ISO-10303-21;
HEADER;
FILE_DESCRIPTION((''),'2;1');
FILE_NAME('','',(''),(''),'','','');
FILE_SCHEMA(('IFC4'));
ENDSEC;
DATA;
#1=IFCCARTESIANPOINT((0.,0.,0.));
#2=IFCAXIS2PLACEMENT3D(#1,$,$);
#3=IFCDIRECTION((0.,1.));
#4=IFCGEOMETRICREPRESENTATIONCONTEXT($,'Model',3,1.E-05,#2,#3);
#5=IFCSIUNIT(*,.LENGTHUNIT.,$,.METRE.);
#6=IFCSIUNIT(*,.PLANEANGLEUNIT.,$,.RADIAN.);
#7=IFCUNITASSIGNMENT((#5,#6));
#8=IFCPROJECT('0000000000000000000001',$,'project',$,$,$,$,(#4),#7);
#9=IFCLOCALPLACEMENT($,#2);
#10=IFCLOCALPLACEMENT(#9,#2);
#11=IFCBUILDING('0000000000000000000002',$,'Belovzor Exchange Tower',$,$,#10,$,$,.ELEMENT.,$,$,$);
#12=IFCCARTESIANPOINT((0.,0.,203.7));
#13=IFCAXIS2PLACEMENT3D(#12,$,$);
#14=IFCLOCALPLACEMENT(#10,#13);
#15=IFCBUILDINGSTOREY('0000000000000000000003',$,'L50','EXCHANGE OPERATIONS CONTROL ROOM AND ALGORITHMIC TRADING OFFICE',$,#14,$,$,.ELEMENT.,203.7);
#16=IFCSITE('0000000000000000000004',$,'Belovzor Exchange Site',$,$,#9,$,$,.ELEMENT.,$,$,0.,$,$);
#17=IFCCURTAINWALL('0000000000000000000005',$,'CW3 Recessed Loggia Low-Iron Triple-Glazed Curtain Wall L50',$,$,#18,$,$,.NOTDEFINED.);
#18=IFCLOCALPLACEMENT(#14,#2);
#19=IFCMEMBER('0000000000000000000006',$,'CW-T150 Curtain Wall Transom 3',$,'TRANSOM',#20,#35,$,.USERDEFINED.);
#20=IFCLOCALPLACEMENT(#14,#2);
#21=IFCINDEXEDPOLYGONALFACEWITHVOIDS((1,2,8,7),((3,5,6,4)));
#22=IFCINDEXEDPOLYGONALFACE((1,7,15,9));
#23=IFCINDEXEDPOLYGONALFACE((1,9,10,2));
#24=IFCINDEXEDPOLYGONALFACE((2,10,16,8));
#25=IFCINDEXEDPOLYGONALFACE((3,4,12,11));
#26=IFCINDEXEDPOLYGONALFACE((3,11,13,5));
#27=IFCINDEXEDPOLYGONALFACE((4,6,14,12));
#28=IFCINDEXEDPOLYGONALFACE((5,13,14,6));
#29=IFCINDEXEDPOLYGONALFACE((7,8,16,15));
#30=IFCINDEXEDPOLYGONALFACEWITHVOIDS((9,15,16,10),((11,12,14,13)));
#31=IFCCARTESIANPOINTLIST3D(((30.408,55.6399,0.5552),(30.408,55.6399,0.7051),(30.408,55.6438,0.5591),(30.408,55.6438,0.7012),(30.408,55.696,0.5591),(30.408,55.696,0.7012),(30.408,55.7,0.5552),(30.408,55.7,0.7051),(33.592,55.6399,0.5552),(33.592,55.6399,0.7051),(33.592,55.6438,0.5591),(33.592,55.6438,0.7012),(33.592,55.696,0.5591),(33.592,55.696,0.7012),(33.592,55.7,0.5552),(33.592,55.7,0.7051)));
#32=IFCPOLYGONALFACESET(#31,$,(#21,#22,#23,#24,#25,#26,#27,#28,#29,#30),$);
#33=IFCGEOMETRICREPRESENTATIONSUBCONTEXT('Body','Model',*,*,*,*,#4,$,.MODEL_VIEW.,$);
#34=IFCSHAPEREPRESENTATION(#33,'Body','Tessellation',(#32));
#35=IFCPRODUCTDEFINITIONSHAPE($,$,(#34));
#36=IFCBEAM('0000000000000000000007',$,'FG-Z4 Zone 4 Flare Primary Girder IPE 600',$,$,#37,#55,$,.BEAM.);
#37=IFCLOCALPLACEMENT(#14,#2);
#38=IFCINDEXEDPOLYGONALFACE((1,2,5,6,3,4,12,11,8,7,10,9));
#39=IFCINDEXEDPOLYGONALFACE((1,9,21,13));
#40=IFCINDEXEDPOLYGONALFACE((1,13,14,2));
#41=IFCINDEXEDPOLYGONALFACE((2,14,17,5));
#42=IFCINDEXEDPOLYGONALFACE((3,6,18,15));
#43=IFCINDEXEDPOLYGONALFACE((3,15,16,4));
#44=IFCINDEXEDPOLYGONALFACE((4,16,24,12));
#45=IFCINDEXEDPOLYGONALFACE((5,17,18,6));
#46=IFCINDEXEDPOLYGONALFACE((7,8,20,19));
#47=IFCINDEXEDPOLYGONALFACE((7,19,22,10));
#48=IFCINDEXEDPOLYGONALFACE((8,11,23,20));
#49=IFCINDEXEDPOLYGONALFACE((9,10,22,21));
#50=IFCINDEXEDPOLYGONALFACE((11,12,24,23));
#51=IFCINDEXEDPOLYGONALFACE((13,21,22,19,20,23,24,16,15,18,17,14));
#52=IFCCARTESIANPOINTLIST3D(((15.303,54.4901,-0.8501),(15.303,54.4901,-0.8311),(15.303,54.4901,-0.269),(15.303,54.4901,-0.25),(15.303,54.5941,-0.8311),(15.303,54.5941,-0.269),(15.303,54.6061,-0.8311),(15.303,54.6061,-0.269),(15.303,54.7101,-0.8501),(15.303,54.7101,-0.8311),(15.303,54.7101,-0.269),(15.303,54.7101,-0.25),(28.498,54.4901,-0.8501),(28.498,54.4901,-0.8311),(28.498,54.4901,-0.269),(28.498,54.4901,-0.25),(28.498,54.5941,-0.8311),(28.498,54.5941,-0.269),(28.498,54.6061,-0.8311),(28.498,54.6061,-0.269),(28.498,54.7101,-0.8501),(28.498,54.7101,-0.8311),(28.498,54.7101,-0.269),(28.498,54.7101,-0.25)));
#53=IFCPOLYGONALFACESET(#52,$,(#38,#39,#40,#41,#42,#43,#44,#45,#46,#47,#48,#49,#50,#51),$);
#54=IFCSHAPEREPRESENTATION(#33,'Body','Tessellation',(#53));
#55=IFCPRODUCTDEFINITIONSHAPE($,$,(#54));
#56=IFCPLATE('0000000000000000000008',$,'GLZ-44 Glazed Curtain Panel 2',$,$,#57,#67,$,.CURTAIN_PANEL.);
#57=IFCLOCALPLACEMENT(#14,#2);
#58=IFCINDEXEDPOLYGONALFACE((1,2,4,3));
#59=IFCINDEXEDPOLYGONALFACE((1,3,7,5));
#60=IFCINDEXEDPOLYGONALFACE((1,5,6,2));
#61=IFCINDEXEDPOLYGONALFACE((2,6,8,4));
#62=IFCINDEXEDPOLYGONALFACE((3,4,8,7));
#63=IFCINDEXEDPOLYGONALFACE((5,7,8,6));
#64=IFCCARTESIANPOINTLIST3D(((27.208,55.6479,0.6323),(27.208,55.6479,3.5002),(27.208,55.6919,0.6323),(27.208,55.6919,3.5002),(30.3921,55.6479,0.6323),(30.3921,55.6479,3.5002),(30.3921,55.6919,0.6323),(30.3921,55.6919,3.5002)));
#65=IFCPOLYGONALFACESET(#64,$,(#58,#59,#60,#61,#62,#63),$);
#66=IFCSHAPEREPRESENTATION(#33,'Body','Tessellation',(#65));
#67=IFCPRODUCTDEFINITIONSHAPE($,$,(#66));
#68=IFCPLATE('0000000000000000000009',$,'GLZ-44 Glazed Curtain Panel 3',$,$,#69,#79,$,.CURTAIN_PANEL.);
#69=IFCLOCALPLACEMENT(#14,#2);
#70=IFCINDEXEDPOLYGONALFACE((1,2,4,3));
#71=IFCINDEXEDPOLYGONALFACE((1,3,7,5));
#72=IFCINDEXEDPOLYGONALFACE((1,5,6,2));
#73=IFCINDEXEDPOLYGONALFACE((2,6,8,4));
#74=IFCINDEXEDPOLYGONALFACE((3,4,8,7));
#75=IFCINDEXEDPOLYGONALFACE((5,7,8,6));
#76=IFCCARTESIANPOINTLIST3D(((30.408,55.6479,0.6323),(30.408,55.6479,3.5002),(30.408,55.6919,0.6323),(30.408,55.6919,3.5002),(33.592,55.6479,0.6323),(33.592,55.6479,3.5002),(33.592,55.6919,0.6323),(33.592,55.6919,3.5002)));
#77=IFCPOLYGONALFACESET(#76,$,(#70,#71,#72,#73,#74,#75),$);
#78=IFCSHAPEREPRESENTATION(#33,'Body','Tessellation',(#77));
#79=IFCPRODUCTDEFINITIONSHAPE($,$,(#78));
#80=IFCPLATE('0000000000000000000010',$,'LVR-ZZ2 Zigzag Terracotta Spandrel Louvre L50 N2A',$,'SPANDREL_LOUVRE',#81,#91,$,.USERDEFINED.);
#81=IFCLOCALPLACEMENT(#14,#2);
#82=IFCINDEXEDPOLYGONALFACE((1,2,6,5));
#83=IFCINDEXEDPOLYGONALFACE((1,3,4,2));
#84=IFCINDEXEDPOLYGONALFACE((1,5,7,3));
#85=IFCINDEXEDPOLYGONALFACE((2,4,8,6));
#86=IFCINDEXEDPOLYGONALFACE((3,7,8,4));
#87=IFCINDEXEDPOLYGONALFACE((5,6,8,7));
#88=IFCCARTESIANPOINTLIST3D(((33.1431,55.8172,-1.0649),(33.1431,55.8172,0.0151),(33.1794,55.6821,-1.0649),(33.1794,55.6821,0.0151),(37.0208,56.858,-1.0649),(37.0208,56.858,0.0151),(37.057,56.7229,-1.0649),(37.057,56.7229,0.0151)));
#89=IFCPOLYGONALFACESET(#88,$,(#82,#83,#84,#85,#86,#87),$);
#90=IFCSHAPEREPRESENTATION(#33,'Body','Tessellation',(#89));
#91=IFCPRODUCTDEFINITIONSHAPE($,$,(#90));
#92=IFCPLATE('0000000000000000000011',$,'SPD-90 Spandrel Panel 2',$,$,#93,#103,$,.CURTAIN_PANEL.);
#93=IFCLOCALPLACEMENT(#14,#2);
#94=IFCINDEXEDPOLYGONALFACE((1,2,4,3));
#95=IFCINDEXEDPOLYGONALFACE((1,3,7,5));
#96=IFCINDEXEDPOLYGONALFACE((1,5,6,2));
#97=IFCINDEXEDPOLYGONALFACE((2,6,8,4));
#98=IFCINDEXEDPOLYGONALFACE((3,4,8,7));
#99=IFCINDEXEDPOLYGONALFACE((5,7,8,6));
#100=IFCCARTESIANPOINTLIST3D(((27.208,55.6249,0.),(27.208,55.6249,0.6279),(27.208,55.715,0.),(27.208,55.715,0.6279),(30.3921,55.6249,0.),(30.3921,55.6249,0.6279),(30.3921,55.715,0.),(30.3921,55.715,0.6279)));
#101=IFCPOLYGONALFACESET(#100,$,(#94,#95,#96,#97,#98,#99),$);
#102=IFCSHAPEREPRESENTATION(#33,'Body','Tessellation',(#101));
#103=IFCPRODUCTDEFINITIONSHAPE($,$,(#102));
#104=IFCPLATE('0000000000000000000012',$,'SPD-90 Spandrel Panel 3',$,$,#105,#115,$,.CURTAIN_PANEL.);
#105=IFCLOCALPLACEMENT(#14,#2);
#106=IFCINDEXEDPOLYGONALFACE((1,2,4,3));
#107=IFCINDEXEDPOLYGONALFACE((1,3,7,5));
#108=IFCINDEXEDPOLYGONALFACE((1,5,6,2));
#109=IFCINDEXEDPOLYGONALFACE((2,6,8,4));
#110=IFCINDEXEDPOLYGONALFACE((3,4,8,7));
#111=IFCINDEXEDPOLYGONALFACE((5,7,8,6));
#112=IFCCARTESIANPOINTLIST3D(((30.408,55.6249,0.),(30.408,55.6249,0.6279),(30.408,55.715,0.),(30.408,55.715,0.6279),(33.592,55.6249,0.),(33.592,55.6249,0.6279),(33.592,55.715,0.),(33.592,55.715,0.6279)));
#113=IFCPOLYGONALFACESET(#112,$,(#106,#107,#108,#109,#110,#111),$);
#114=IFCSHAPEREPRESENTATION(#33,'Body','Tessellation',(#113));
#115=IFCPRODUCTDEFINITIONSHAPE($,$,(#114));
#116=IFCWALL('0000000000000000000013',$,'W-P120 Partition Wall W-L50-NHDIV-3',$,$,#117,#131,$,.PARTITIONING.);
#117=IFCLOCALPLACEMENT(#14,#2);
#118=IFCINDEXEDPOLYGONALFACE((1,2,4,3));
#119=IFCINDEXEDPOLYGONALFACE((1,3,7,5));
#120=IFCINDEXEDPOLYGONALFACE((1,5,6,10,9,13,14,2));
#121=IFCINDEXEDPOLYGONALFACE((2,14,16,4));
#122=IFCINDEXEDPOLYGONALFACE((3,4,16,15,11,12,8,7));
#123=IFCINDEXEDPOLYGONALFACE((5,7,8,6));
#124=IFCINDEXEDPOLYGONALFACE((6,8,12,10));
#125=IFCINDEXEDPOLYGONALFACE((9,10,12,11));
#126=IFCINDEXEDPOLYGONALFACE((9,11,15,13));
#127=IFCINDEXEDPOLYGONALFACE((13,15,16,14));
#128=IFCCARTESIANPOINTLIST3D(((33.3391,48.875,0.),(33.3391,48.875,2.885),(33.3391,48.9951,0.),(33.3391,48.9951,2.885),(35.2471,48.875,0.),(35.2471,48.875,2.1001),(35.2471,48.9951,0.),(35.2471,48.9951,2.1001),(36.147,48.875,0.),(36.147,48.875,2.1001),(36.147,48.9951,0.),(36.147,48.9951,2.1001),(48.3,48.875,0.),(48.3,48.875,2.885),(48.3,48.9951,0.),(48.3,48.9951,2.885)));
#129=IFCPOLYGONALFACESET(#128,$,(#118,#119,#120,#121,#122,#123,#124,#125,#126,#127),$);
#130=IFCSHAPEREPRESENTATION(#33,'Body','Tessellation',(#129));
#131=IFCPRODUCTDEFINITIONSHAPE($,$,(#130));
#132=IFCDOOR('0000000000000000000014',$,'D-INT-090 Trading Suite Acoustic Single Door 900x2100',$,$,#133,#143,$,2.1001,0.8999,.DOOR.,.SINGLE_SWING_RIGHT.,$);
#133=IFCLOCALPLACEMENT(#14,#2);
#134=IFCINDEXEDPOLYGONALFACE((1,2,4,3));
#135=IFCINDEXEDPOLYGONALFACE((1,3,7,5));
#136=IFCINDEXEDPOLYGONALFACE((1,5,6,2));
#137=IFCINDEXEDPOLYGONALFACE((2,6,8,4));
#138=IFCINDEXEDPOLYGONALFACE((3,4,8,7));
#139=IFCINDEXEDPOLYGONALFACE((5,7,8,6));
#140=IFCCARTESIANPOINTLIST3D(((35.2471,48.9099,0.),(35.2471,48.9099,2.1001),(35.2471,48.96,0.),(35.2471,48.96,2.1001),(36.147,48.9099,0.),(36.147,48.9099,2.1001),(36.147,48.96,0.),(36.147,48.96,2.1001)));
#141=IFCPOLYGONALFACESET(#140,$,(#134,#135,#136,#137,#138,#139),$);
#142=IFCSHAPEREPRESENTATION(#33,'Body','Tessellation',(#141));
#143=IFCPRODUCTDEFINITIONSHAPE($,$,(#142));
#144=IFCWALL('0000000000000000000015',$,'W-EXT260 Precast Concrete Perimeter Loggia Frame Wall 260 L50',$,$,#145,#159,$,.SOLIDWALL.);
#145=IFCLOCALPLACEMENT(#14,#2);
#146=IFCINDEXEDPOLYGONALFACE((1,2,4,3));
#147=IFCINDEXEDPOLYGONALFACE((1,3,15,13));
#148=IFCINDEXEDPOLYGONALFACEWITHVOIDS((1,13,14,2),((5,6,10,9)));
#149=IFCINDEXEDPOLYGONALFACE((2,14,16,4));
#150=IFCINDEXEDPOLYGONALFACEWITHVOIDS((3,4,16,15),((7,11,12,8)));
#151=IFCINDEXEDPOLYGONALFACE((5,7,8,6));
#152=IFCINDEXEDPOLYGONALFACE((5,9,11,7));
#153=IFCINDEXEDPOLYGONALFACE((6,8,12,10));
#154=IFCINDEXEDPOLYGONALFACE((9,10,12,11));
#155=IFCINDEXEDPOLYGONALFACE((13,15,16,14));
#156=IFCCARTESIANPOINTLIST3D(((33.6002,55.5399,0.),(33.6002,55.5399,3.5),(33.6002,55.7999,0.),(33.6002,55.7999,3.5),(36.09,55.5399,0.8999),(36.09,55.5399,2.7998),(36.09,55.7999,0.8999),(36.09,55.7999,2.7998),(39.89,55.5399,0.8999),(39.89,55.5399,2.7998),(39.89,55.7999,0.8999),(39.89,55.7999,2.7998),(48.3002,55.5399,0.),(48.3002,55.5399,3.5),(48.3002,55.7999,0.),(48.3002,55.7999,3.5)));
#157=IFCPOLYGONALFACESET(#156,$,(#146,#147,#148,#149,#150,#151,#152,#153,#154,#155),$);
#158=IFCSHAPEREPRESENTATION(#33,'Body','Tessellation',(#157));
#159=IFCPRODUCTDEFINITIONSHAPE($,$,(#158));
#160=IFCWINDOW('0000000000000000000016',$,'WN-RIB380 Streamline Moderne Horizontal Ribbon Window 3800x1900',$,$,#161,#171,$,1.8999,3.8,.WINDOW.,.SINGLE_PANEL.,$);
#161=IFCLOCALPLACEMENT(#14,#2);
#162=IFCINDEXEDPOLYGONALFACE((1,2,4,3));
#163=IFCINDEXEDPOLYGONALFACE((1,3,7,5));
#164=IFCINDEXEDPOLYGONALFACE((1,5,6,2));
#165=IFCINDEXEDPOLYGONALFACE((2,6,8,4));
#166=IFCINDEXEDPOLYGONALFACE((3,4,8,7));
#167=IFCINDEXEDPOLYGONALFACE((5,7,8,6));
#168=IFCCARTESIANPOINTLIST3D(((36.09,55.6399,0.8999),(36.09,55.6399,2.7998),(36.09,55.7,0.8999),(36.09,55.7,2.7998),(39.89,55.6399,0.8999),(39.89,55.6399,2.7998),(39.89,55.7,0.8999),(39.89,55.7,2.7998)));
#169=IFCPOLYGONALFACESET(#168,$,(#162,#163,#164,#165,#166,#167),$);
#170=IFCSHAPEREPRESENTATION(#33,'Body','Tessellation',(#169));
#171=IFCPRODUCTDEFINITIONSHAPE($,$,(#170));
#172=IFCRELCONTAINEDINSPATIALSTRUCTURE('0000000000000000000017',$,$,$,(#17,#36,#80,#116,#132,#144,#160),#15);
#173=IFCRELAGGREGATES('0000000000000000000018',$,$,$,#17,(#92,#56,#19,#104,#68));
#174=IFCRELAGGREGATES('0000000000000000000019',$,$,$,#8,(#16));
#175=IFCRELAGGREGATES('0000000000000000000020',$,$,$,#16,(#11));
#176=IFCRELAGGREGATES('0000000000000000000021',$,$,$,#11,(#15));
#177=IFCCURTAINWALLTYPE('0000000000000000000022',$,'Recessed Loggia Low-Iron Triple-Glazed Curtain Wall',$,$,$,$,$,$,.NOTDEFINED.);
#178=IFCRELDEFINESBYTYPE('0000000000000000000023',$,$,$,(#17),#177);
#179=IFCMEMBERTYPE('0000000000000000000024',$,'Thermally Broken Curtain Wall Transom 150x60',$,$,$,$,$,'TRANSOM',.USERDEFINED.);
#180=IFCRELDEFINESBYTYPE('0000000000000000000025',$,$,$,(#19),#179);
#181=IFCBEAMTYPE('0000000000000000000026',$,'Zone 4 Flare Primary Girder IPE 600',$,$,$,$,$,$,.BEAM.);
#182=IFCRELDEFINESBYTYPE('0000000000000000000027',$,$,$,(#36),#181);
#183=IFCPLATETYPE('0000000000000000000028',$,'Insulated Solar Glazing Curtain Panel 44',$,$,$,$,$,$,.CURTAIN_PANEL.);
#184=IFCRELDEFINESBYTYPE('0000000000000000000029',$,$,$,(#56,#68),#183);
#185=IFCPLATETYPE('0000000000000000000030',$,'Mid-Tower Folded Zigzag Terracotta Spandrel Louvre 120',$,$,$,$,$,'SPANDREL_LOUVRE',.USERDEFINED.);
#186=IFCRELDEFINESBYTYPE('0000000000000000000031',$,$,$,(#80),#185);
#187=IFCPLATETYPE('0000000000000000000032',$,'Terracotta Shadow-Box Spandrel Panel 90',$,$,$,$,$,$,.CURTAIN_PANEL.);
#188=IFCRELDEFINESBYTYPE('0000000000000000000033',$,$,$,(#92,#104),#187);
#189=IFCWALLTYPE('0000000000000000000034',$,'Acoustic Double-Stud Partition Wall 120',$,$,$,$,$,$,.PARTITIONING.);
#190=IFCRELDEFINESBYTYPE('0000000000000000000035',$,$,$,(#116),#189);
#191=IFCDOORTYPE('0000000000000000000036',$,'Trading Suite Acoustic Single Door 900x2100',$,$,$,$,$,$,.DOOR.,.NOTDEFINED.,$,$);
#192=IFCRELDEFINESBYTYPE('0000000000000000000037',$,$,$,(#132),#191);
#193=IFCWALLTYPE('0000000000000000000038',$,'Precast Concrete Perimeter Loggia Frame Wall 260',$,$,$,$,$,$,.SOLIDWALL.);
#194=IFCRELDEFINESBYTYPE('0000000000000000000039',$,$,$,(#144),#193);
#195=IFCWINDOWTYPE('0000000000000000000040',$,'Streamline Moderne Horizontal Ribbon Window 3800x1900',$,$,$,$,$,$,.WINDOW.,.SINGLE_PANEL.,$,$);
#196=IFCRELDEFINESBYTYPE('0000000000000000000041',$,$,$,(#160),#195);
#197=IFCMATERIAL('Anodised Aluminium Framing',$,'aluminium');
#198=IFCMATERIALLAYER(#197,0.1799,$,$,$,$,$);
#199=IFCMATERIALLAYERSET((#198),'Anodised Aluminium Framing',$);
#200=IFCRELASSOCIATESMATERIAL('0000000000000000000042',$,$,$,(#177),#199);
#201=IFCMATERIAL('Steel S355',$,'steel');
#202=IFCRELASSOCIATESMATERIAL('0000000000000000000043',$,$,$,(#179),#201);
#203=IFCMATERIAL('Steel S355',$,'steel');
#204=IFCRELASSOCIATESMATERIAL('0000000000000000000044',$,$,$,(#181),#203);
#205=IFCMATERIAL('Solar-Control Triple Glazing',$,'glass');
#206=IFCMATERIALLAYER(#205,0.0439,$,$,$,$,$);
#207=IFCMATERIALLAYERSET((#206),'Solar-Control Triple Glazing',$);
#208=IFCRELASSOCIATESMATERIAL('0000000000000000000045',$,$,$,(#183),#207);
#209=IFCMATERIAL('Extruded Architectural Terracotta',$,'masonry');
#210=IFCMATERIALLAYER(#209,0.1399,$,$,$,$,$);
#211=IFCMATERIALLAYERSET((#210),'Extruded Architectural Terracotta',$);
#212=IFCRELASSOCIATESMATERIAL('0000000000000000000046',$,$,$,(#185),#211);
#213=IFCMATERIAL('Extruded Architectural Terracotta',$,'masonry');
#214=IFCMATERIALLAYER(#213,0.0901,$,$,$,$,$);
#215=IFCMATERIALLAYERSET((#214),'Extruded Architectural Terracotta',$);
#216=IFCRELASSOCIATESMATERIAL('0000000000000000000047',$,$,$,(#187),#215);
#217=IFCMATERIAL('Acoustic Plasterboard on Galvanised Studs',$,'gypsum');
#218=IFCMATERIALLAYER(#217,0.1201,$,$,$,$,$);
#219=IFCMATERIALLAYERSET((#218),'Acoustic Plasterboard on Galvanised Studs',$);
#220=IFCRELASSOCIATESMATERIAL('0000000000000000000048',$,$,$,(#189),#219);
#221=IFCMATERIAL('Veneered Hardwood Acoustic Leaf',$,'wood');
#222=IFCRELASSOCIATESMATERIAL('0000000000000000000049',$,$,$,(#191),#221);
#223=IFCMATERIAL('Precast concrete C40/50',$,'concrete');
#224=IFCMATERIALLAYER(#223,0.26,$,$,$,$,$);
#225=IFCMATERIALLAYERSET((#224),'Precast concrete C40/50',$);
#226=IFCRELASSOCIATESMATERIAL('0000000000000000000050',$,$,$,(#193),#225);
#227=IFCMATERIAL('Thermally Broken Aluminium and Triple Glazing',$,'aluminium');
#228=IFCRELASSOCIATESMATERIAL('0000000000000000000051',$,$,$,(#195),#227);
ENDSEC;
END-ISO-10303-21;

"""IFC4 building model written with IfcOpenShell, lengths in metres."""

from ifc_helpers import new_model, si_unit, direction, frame, frame_2d, origin, origin_2d, place, context, subcontext, project, spatial, rectangle, hollow_rectangle, i_section, extrude, material, layer, layer_set, material_profile, profile_set, type_object, element, fill, aggregate, save


model = new_model("IFC4")

# Units and contexts
model_context = context("Model", 3, precision=1e-05, world=origin(), true_north=direction((0.0, 1.0)))
body_context = subcontext(model_context, "Body", "Model", "MODEL_VIEW")
ifc_project = project(units=[si_unit("LENGTHUNIT", "METRE"), si_unit("PLANEANGLEUNIT", "RADIAN")], contexts=[model_context])

# Site, building, storey
site_placement = place(None, origin())
site = spatial("IfcSite", under=ifc_project, at=site_placement, Name="Belovzor Exchange Site", CompositionType="ELEMENT", RefElevation=0.0)
building_placement = place(site_placement, origin())
building = spatial("IfcBuilding", under=site, at=building_placement, Name="Belovzor Exchange Tower", CompositionType="ELEMENT")
storey_placement = place(building_placement, frame((0.0, 0.0, 203.7)))
storey = spatial("IfcBuildingStorey", under=building, at=storey_placement, Name="L50", Description="EXCHANGE OPERATIONS CONTROL ROOM AND ALGORITHMIC TRADING OFFICE", CompositionType="ELEMENT", Elevation=203.7)

# Curtain wall, member
ifc_material_1 = material(Name="Anodised Aluminium Framing", Category="aluminium")
ifc_layer_1 = layer(ifc_material_1, 0.1799)
ifc_layer_set_1 = layer_set([ifc_layer_1], Name="Anodised Aluminium Framing")
curtain_wall_type = type_object("IfcCurtainWallType", Name="Recessed Loggia Low-Iron Triple-Glazed Curtain Wall", PredefinedType="NOTDEFINED", material=ifc_layer_set_1)
curtain_wall_placement = place(storey_placement, origin())
curtain_wall = element("IfcCurtainWall", 1, at=curtain_wall_placement, inside=storey, type_object=curtain_wall_type, Name="CW3 Recessed Loggia Low-Iron Triple-Glazed Curtain Wall L50", PredefinedType="NOTDEFINED")
ifc_material_2 = material(Name="Steel S355", Category="steel")
ifc_material_profile_1 = material_profile(ifc_material_2, hollow_rectangle(XDim=0.0601, YDim=0.1499, WallThickness=0.0039, at=origin_2d()))
ifc_profile_set_1 = profile_set([ifc_material_profile_1], Name="Steel S355")
member_type_1 = type_object("IfcMemberType", Name="Thermally Broken Curtain Wall Transom 150x60", ElementType="TRANSOM", PredefinedType="USERDEFINED", material=ifc_profile_set_1)
member_1_placement = place(storey_placement, frame((30.408, 55.6699, 0.6301), z_axis=(1.0, 0.0, 0.0), x_axis=(0.0, 1.0, 0.0)))
member_1 = element("IfcMember", 2, at=member_1_placement, type_object=member_type_1, Name="CW-T150 Curtain Wall Transom 3", ObjectType="TRANSOM", PredefinedType="USERDEFINED", context=body_context, shape_type="SweptSolid", body=[
    extrude(hollow_rectangle(XDim=0.0601, YDim=0.1499, WallThickness=0.0039, at=origin_2d()), origin(), (0.0, 0.0, 1.0), 3.1841),
])

# Beam
ifc_material_3 = material(Name="Steel S355", Category="steel")
ifc_material_profile_2 = material_profile(ifc_material_3, i_section(OverallWidth=0.22, OverallDepth=0.6001, WebThickness=0.012, FlangeThickness=0.019, at=origin_2d()))
ifc_profile_set_2 = profile_set([ifc_material_profile_2], Name="Steel S355")
beam_type_1 = type_object("IfcBeamType", Name="Zone 4 Flare Primary Girder IPE 600", PredefinedType="BEAM", material=ifc_profile_set_2)
beam_1_placement = place(storey_placement, frame((28.498, 54.6001, -0.55), z_axis=(-1.0, 0.0, 0.0), x_axis=(0.0, -1.0, 0.0)))
element("IfcBeam", 3, at=beam_1_placement, inside=storey, type_object=beam_type_1, Name="FG-Z4 Zone 4 Flare Primary Girder IPE 600", PredefinedType="BEAM", context=body_context, shape_type="SweptSolid", body=[
    extrude(i_section(OverallWidth=0.22, OverallDepth=0.6001, WebThickness=0.012, FlangeThickness=0.019, at=origin_2d()), origin(), (0.0, 0.0, 1.0), 13.1951),
])

# Plates
ifc_material_4 = material(Name="Solar-Control Triple Glazing", Category="glass")
ifc_layer_2 = layer(ifc_material_4, 0.0439)
ifc_layer_set_2 = layer_set([ifc_layer_2], Name="Solar-Control Triple Glazing")
plate_type_1 = type_object("IfcPlateType", Name="Insulated Solar Glazing Curtain Panel 44", PredefinedType="CURTAIN_PANEL", material=ifc_layer_set_2)
plate_1_placement = place(storey_placement, frame((28.8, 55.6699, 0.6323), z_axis=(0.0, 0.0, 1.0), x_axis=(1.0, 0.0, 0.0)))
plate_1 = element("IfcPlate", 4, at=plate_1_placement, type_object=plate_type_1, Name="GLZ-44 Glazed Curtain Panel 2", PredefinedType="CURTAIN_PANEL", context=body_context, shape_type="SweptSolid", body=[
    extrude(rectangle(XDim=3.1841, YDim=0.0439, at=origin_2d()), origin(), (0.0, 0.0, 1.0), 2.8679),
])
plate_2_placement = place(storey_placement, frame((32.0, 55.6699, 0.6323), z_axis=(0.0, 0.0, 1.0), x_axis=(1.0, 0.0, 0.0)))
plate_2 = element("IfcPlate", 5, at=plate_2_placement, type_object=plate_type_1, Name="GLZ-44 Glazed Curtain Panel 3", PredefinedType="CURTAIN_PANEL", context=body_context, shape_type="SweptSolid", body=[
    extrude(rectangle(XDim=3.1841, YDim=0.0439, at=origin_2d()), origin(), (0.0, 0.0, 1.0), 2.8679),
])
ifc_material_5 = material(Name="Extruded Architectural Terracotta", Category="masonry")
ifc_layer_3 = layer(ifc_material_5, 0.1399)
ifc_layer_set_3 = layer_set([ifc_layer_3], Name="Extruded Architectural Terracotta")
plate_type_2 = type_object("IfcPlateType", Name="Mid-Tower Folded Zigzag Terracotta Spandrel Louvre 120", ElementType="SPANDREL_LOUVRE", PredefinedType="USERDEFINED", material=ifc_layer_set_3)
plate_3_placement = place(storey_placement, frame((35.1001, 56.27, -1.0649), z_axis=(0.0, 0.0, 1.0), x_axis=(0.965813, 0.25924, 0.0)))
element("IfcPlate", 6, at=plate_3_placement, inside=storey, type_object=plate_type_2, Name="LVR-ZZ2 Zigzag Terracotta Spandrel Louvre L50 N2A", ObjectType="SPANDREL_LOUVRE", PredefinedType="USERDEFINED", context=body_context, shape_type="SweptSolid", body=[
    extrude(rectangle(XDim=4.0149, YDim=0.1399, at=origin_2d()), origin(), (0.0, 0.0, 1.0), 1.0801),
])
ifc_material_6 = material(Name="Extruded Architectural Terracotta", Category="masonry")
ifc_layer_4 = layer(ifc_material_6, 0.0901)
ifc_layer_set_4 = layer_set([ifc_layer_4], Name="Extruded Architectural Terracotta")
plate_type_3 = type_object("IfcPlateType", Name="Terracotta Shadow-Box Spandrel Panel 90", PredefinedType="CURTAIN_PANEL", material=ifc_layer_set_4)
plate_4_placement = place(storey_placement, frame((28.8, 55.6699, 0.0), z_axis=(0.0, 0.0, 1.0), x_axis=(1.0, 0.0, 0.0)))
plate_4 = element("IfcPlate", 7, at=plate_4_placement, type_object=plate_type_3, Name="SPD-90 Spandrel Panel 2", PredefinedType="CURTAIN_PANEL", context=body_context, shape_type="SweptSolid", body=[
    extrude(rectangle(XDim=3.1841, YDim=0.0901, at=origin_2d()), origin(), (0.0, 0.0, 1.0), 0.6279),
])
plate_5_placement = place(storey_placement, frame((32.0, 55.6699, 0.0), z_axis=(0.0, 0.0, 1.0), x_axis=(1.0, 0.0, 0.0)))
plate_5 = element("IfcPlate", 8, at=plate_5_placement, type_object=plate_type_3, Name="SPD-90 Spandrel Panel 3", PredefinedType="CURTAIN_PANEL", context=body_context, shape_type="SweptSolid", body=[
    extrude(rectangle(XDim=3.1841, YDim=0.0901, at=origin_2d()), origin(), (0.0, 0.0, 1.0), 0.6279),
])
aggregate(curtain_wall, [plate_4, plate_1, member_1, plate_5, plate_2])

# Wall, opening, door
ifc_material_7 = material(Name="Acoustic Plasterboard on Galvanised Studs", Category="gypsum")
ifc_layer_5 = layer(ifc_material_7, 0.1201)
ifc_layer_set_5 = layer_set([ifc_layer_5], Name="Acoustic Plasterboard on Galvanised Studs")
wall_type_1 = type_object("IfcWallType", Name="Acoustic Double-Stud Partition Wall 120", PredefinedType="PARTITIONING", material=ifc_layer_set_5)
wall_1_placement = place(storey_placement, frame((33.3391, 48.9351, 0.0), z_axis=(0.0, 0.0, 1.0), x_axis=(1.0, 0.0, 0.0)))
wall_1 = element("IfcWall", 9, at=wall_1_placement, inside=storey, type_object=wall_type_1, Name="W-P120 Partition Wall W-L50-NHDIV-3", PredefinedType="PARTITIONING", context=body_context, shape_type="SweptSolid", body=[
    extrude(rectangle(XDim=14.9609, YDim=0.1201, at=frame_2d((7.4805, 0.0))), origin(), (0.0, 0.0, 1.0), 2.885),
])
opening_1_placement = place(wall_1_placement, frame((1.908, 0.0, 0.0)))
opening_1 = element("IfcOpeningElement", 10, at=opening_1_placement, cuts=wall_1, PredefinedType="OPENING", context=body_context, shape_type="SweptSolid", body=[
    extrude(rectangle(XDim=0.8999, YDim=2.1001, at=frame_2d((0.45, 1.05))), frame((0.0, 0.0701, 0.0), z_axis=(0.0, -1.0, 0.0), x_axis=(1.0, 0.0, 0.0)), (0.0, 0.0, 1.0), 0.1401),
])
ifc_material_8 = material(Name="Veneered Hardwood Acoustic Leaf", Category="wood")
door_type = type_object("IfcDoorType", Name="Trading Suite Acoustic Single Door 900x2100", OperationType="NOTDEFINED", PredefinedType="DOOR", material=ifc_material_8)
door_placement = place(opening_1_placement, origin())
door = element("IfcDoor", 11, at=door_placement, inside=storey, type_object=door_type, Name="D-INT-090 Trading Suite Acoustic Single Door 900x2100", OperationType="SINGLE_SWING_RIGHT", OverallHeight=2.1001, OverallWidth=0.8999, PredefinedType="DOOR", context=body_context, shape_type="SweptSolid", body=[
    extrude(rectangle(XDim=0.8999, YDim=2.1001, at=frame_2d((0.45, 1.05))), frame((0.0, 0.0249, 0.0), z_axis=(0.0, -1.0, 0.0), x_axis=(1.0, 0.0, 0.0)), (0.0, 0.0, 1.0), 0.05),
])
fill(opening_1, door)

# Wall, opening, window
ifc_material_9 = material(Name="Precast concrete C40/50", Category="concrete")
ifc_layer_6 = layer(ifc_material_9, 0.26)
ifc_layer_set_6 = layer_set([ifc_layer_6], Name="Precast concrete C40/50")
wall_type_2 = type_object("IfcWallType", Name="Precast Concrete Perimeter Loggia Frame Wall 260", PredefinedType="SOLIDWALL", material=ifc_layer_set_6)
wall_2_placement = place(storey_placement, frame((33.6001, 55.6699, 0.0), z_axis=(0.0, 0.0, 1.0), x_axis=(1.0, 0.0, 0.0)))
wall_2 = element("IfcWall", 12, at=wall_2_placement, inside=storey, type_object=wall_type_2, Name="W-EXT260 Precast Concrete Perimeter Loggia Frame Wall 260 L50", PredefinedType="SOLIDWALL", context=body_context, shape_type="SweptSolid", body=[
    extrude(rectangle(XDim=14.7, YDim=0.26, at=frame_2d((7.3501, 0.0))), origin(), (0.0, 0.0, 1.0), 3.5),
])
opening_2_placement = place(wall_2_placement, frame((2.49, 0.0, 0.8999)))
opening_2 = element("IfcOpeningElement", 13, at=opening_2_placement, cuts=wall_2, PredefinedType="OPENING", context=body_context, shape_type="SweptSolid", body=[
    extrude(rectangle(XDim=3.8, YDim=1.8999, at=frame_2d((1.8999, 0.95))), frame((0.0, 0.1399, 0.0), z_axis=(0.0, -1.0, 0.0), x_axis=(1.0, 0.0, 0.0)), (0.0, 0.0, 1.0), 0.28),
])
ifc_material_10 = material(Name="Thermally Broken Aluminium and Triple Glazing", Category="aluminium")
window_type = type_object("IfcWindowType", Name="Streamline Moderne Horizontal Ribbon Window 3800x1900", PartitioningType="SINGLE_PANEL", PredefinedType="WINDOW", material=ifc_material_10)
window_placement = place(opening_2_placement, origin())
window = element("IfcWindow", 14, at=window_placement, inside=storey, type_object=window_type, Name="WN-RIB380 Streamline Moderne Horizontal Ribbon Window 3800x1900", OverallHeight=1.8999, OverallWidth=3.8, PartitioningType="SINGLE_PANEL", PredefinedType="WINDOW", context=body_context, shape_type="SweptSolid", body=[
    extrude(rectangle(XDim=3.8, YDim=1.8999, at=frame_2d((1.8999, 0.95))), frame((0.0, 0.03, 0.0), z_axis=(0.0, -1.0, 0.0), x_axis=(1.0, 0.0, 0.0)), (0.0, 0.0, 1.0), 0.0601),
])
fill(opening_2, window)

save(model, "model.ifc")
